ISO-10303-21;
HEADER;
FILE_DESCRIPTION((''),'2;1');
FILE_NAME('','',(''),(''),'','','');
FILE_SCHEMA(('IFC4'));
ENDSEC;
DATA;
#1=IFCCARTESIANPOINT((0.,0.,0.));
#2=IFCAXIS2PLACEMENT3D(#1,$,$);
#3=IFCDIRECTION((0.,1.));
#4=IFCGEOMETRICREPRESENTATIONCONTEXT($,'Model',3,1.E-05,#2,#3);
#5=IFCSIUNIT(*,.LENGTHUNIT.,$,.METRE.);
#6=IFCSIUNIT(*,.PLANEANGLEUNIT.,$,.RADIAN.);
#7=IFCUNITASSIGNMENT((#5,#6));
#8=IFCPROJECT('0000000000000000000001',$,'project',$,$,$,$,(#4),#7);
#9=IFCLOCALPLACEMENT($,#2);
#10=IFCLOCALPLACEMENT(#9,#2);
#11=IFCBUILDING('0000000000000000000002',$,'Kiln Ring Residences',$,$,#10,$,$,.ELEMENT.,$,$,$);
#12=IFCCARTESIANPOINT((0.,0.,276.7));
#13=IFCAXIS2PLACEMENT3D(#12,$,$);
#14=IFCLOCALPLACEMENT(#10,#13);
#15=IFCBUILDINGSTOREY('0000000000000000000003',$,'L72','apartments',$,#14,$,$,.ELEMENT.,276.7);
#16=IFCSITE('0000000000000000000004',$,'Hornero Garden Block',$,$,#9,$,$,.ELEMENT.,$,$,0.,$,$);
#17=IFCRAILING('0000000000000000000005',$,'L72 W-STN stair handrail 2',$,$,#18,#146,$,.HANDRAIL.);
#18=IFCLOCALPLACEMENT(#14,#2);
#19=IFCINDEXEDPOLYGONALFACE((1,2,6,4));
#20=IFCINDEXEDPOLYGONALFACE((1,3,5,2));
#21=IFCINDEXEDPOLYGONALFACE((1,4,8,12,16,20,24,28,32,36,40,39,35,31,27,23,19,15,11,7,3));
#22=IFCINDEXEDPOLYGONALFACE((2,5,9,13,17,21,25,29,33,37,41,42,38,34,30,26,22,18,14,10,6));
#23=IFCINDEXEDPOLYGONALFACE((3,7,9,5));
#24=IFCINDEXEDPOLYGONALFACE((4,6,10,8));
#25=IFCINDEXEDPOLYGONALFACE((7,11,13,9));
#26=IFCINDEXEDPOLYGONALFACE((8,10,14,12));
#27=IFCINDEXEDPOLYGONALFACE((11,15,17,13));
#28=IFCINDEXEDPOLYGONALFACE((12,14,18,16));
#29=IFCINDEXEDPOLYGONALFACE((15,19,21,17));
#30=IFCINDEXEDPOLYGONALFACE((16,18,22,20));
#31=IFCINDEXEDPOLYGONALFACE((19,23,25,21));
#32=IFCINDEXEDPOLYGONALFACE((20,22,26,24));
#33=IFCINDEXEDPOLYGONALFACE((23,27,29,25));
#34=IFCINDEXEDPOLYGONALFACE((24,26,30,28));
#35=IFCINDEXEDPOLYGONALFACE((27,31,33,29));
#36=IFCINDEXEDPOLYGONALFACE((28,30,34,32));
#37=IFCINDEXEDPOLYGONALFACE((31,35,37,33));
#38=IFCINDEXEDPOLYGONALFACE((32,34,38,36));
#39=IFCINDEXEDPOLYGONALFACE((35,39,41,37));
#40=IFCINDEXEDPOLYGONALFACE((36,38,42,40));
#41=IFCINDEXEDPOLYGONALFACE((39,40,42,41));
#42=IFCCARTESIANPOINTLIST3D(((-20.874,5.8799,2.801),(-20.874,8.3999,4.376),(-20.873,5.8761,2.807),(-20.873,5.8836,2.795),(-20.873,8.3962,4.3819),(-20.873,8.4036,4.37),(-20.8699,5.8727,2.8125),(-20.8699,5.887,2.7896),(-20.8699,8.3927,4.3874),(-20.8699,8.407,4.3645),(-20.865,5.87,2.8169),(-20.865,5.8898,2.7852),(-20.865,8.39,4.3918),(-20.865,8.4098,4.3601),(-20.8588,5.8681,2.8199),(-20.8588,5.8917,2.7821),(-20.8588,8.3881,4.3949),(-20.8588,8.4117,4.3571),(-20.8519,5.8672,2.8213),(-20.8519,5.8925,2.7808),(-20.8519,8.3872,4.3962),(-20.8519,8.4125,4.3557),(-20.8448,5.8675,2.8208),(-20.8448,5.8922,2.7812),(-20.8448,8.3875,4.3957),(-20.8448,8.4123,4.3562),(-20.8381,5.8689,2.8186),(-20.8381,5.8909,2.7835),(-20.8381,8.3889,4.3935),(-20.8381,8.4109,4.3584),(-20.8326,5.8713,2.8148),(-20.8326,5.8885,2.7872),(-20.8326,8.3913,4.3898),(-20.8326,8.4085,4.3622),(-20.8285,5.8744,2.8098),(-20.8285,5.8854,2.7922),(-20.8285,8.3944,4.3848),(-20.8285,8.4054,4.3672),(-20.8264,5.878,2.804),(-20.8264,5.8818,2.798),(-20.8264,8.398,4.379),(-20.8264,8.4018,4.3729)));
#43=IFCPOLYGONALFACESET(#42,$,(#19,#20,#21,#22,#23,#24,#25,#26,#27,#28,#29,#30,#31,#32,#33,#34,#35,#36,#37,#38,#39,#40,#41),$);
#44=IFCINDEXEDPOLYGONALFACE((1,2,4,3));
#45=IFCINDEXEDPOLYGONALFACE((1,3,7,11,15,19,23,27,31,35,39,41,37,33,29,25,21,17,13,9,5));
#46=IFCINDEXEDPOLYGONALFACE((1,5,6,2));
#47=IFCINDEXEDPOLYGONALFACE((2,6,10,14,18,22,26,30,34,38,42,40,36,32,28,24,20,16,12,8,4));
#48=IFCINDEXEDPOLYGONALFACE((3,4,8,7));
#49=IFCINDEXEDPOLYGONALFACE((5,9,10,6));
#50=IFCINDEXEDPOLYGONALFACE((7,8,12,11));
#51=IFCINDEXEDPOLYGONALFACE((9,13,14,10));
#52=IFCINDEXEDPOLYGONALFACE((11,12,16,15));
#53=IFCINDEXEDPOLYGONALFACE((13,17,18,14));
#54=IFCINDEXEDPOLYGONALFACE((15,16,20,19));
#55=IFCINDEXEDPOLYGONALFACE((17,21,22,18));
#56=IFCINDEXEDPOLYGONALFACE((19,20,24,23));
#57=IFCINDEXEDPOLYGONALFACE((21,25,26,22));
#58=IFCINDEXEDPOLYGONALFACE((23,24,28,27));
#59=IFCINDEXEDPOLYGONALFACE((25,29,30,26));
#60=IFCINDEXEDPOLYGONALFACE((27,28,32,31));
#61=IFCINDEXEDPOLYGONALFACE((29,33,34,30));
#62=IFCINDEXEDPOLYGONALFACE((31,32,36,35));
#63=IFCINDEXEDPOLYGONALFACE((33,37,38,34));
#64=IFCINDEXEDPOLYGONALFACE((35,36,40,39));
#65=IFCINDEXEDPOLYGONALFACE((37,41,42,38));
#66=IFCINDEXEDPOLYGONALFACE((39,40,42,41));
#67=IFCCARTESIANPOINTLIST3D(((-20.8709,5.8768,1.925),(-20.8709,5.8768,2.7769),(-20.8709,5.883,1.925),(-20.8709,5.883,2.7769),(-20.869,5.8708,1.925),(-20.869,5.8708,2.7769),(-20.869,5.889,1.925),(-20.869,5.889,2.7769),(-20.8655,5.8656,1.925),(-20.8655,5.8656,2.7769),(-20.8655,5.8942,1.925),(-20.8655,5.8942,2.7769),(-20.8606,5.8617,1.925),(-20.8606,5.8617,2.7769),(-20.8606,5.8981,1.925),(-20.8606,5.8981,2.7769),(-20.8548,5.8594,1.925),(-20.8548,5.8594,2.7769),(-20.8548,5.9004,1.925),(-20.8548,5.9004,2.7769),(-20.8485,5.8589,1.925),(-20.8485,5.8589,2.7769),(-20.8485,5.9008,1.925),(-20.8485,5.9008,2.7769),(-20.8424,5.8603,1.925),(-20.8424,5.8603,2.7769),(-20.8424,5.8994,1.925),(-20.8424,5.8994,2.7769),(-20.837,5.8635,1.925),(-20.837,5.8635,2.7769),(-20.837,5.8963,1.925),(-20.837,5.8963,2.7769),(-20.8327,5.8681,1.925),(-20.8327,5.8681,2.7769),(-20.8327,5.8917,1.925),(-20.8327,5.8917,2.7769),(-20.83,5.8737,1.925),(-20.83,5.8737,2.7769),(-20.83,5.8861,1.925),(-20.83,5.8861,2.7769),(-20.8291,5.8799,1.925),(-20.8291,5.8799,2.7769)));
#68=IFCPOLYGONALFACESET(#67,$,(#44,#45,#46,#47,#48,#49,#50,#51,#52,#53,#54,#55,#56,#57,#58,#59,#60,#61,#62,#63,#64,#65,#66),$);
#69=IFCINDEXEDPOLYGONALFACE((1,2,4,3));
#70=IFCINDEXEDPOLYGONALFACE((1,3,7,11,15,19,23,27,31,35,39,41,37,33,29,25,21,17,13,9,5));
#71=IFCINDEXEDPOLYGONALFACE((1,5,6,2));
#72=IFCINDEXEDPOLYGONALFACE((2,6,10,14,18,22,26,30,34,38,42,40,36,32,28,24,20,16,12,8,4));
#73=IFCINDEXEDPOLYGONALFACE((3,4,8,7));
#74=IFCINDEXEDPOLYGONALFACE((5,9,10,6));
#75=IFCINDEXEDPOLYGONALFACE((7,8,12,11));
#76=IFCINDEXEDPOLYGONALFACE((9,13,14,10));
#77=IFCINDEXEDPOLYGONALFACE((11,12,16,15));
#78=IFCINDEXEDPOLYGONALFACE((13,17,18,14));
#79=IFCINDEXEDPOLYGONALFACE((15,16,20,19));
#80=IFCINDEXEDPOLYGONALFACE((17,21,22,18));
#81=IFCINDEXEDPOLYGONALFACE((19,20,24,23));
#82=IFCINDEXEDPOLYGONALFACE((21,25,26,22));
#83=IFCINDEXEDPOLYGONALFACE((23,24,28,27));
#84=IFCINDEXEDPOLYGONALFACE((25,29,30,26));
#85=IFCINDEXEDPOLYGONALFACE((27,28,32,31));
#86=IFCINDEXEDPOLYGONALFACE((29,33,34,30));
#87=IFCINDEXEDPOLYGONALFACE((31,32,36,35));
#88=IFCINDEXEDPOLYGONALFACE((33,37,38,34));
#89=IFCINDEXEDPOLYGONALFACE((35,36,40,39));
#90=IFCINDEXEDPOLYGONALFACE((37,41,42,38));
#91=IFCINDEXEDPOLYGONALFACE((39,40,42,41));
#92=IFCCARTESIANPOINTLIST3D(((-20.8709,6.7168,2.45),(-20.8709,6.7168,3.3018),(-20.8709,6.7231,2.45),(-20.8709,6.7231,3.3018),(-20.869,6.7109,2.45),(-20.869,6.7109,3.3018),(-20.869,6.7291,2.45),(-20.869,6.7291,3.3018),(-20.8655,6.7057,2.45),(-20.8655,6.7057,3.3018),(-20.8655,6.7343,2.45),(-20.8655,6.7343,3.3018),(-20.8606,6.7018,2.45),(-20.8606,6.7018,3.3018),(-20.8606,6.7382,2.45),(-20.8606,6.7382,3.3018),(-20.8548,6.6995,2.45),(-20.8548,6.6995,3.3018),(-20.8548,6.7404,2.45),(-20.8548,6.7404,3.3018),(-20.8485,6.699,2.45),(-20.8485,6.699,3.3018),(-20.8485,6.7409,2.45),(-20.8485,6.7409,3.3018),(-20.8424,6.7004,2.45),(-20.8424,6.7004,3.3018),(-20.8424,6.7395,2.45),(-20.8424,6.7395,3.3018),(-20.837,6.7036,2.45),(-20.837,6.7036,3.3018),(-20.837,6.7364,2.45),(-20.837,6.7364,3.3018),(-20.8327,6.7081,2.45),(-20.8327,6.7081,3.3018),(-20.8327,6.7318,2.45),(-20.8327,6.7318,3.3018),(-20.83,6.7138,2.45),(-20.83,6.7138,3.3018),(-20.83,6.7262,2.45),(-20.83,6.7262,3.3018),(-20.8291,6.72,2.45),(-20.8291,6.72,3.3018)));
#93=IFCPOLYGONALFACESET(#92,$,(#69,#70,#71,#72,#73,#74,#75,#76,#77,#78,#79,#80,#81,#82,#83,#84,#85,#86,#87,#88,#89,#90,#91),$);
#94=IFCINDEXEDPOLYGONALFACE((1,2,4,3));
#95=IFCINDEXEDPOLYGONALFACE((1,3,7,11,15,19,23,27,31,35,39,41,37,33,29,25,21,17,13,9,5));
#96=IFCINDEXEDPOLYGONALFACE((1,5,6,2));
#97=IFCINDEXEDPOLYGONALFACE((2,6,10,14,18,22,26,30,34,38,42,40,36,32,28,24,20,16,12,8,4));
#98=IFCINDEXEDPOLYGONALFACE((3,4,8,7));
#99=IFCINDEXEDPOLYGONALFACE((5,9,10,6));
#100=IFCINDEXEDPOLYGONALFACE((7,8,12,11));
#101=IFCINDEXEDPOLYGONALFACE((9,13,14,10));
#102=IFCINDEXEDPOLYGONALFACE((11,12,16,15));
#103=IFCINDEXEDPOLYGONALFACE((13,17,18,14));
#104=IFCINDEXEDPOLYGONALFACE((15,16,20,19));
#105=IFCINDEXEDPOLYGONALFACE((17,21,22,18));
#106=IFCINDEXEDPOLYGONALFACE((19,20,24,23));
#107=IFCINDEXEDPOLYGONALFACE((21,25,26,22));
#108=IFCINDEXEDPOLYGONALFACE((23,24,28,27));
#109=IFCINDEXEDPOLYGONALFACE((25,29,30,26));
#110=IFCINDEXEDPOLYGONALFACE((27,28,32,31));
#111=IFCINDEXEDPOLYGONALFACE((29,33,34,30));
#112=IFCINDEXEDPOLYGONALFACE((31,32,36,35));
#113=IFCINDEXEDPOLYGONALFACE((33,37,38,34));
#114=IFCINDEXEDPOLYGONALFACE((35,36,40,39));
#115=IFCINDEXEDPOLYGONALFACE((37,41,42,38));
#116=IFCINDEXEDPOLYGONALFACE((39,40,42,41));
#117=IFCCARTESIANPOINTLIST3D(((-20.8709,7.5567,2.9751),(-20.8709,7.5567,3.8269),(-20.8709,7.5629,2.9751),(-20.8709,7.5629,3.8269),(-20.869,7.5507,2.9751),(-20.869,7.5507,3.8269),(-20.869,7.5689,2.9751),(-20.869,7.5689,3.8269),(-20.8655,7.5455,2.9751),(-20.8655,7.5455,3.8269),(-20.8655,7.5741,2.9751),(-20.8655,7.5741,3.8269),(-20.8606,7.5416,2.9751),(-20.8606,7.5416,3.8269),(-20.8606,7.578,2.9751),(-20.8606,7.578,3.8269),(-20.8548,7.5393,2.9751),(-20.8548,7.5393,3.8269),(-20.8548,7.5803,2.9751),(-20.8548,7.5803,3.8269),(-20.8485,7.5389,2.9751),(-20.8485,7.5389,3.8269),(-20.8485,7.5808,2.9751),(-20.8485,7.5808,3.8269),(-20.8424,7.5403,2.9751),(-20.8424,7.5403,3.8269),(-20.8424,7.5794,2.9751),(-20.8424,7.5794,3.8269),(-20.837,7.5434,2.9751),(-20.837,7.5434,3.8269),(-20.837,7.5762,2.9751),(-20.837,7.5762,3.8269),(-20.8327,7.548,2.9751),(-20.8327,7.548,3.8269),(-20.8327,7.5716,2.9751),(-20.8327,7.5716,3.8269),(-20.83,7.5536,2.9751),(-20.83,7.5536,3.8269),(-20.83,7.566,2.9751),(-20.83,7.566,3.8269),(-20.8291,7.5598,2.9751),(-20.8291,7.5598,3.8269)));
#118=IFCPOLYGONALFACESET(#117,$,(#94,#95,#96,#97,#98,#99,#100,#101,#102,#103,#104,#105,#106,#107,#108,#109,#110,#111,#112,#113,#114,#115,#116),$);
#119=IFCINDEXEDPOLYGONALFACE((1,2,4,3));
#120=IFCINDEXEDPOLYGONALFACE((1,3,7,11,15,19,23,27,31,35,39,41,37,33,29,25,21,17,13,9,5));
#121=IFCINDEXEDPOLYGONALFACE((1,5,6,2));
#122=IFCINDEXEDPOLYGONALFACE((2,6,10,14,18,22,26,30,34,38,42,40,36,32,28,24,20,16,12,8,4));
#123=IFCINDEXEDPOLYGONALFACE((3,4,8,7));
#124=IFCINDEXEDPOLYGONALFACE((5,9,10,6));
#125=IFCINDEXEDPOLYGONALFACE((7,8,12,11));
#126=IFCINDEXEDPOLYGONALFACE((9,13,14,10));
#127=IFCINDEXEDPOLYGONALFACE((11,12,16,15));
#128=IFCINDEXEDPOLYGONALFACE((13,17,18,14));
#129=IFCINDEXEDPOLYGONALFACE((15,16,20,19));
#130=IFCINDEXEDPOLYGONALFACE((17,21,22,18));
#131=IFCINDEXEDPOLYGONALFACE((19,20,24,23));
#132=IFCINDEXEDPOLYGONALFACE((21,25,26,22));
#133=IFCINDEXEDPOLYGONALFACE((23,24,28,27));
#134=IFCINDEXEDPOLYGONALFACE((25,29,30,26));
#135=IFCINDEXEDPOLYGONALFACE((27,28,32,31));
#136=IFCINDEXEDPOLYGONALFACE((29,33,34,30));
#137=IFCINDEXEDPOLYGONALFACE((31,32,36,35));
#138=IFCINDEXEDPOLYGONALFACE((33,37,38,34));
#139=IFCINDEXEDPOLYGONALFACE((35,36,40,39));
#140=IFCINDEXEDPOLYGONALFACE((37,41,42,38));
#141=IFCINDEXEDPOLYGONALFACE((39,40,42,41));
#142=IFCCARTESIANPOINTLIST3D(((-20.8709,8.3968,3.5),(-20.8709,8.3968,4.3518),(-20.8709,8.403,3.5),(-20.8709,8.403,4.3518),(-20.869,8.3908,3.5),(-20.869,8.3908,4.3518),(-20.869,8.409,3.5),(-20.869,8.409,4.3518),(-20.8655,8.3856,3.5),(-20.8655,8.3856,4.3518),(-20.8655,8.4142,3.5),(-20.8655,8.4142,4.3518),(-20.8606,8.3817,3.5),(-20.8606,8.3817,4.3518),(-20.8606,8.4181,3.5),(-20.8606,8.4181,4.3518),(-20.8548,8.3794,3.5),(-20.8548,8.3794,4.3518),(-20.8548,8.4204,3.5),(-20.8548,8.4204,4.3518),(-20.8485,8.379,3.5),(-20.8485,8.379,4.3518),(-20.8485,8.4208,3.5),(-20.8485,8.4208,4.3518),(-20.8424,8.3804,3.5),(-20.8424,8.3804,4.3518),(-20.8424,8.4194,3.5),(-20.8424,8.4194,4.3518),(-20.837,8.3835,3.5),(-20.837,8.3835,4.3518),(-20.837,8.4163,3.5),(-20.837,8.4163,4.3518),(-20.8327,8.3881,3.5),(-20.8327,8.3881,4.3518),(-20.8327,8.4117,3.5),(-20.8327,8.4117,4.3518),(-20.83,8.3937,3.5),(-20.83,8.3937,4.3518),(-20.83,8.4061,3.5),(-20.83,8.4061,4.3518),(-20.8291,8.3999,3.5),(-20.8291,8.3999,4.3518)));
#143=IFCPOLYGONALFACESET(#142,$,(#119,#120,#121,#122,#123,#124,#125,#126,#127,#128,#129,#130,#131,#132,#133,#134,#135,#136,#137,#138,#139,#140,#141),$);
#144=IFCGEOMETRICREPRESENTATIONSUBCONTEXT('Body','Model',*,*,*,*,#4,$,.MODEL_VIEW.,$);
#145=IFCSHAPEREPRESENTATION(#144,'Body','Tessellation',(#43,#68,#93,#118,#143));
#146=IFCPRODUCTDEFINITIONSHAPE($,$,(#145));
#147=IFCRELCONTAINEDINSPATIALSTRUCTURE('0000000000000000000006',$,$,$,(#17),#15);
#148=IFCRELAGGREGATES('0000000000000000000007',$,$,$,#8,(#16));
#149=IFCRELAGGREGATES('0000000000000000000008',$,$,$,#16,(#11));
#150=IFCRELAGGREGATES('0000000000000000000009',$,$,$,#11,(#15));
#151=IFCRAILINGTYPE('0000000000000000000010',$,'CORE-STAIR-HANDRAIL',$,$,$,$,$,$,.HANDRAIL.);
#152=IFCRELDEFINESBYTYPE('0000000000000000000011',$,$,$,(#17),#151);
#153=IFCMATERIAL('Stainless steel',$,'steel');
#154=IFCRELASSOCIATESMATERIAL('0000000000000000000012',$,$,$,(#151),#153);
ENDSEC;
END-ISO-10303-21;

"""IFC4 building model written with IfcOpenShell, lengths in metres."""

from ifc_helpers import new_model, si_unit, direction, frame, origin, origin_2d, place, context, subcontext, project, spatial, circle, extrude, material, type_object, element, save


model = new_model("IFC4")

# Units and contexts
model_context = context("Model", 3, precision=1e-05, world=origin(), true_north=direction((0.0, 1.0)))
body_context = subcontext(model_context, "Body", "Model", "MODEL_VIEW")
ifc_project = project(units=[si_unit("LENGTHUNIT", "METRE"), si_unit("PLANEANGLEUNIT", "RADIAN")], contexts=[model_context])

# Site, building, storey
site_placement = place(None, origin())
site = spatial("IfcSite", under=ifc_project, at=site_placement, Name="Hornero Garden Block", CompositionType="ELEMENT", RefElevation=0.0)
building_placement = place(site_placement, origin())
building = spatial("IfcBuilding", under=site, at=building_placement, Name="Kiln Ring Residences", CompositionType="ELEMENT")
storey_placement = place(building_placement, frame((0.0, 0.0, 276.7)))
storey = spatial("IfcBuildingStorey", under=building, at=storey_placement, Name="L72", Description="apartments", CompositionType="ELEMENT", Elevation=276.7)

# Railing
ifc_material_1 = material(Name="Stainless steel", Category="steel")
railing_type_1 = type_object("IfcRailingType", Name="CORE-STAIR-HANDRAIL", PredefinedType="HANDRAIL", material=ifc_material_1)
railing_1_placement = place(storey_placement, frame((-20.8501, 5.8799, 1.925)))
element("IfcRailing", 1, at=railing_1_placement, inside=storey, type_object=railing_type_1, Name="L72 W-STN stair handrail 2", PredefinedType="HANDRAIL", context=body_context, shape_type="SweptSolid", body=[
    extrude(circle(Radius=0.0239, at=origin_2d()), frame((0.0, 0.0, 0.876), z_axis=(0.0, 0.848008, 0.529984), x_axis=(-1.0, 0.0, 0.0)), (0.0, 0.0, 1.0), 2.9717),
    extrude(circle(Radius=0.021, at=origin_2d()), origin(), (0.0, 0.0, 1.0), 0.8518),
    extrude(circle(Radius=0.021, at=origin_2d()), frame((0.0, 0.8401, 0.5249)), (0.0, 0.0, 1.0), 0.8518),
    extrude(circle(Radius=0.021, at=origin_2d()), frame((0.0, 1.6799, 1.05)), (0.0, 0.0, 1.0), 0.8518),
    extrude(circle(Radius=0.021, at=origin_2d()), frame((0.0, 2.52, 1.575)), (0.0, 0.0, 1.0), 0.8518),
])

save(model, "model.ifc")
